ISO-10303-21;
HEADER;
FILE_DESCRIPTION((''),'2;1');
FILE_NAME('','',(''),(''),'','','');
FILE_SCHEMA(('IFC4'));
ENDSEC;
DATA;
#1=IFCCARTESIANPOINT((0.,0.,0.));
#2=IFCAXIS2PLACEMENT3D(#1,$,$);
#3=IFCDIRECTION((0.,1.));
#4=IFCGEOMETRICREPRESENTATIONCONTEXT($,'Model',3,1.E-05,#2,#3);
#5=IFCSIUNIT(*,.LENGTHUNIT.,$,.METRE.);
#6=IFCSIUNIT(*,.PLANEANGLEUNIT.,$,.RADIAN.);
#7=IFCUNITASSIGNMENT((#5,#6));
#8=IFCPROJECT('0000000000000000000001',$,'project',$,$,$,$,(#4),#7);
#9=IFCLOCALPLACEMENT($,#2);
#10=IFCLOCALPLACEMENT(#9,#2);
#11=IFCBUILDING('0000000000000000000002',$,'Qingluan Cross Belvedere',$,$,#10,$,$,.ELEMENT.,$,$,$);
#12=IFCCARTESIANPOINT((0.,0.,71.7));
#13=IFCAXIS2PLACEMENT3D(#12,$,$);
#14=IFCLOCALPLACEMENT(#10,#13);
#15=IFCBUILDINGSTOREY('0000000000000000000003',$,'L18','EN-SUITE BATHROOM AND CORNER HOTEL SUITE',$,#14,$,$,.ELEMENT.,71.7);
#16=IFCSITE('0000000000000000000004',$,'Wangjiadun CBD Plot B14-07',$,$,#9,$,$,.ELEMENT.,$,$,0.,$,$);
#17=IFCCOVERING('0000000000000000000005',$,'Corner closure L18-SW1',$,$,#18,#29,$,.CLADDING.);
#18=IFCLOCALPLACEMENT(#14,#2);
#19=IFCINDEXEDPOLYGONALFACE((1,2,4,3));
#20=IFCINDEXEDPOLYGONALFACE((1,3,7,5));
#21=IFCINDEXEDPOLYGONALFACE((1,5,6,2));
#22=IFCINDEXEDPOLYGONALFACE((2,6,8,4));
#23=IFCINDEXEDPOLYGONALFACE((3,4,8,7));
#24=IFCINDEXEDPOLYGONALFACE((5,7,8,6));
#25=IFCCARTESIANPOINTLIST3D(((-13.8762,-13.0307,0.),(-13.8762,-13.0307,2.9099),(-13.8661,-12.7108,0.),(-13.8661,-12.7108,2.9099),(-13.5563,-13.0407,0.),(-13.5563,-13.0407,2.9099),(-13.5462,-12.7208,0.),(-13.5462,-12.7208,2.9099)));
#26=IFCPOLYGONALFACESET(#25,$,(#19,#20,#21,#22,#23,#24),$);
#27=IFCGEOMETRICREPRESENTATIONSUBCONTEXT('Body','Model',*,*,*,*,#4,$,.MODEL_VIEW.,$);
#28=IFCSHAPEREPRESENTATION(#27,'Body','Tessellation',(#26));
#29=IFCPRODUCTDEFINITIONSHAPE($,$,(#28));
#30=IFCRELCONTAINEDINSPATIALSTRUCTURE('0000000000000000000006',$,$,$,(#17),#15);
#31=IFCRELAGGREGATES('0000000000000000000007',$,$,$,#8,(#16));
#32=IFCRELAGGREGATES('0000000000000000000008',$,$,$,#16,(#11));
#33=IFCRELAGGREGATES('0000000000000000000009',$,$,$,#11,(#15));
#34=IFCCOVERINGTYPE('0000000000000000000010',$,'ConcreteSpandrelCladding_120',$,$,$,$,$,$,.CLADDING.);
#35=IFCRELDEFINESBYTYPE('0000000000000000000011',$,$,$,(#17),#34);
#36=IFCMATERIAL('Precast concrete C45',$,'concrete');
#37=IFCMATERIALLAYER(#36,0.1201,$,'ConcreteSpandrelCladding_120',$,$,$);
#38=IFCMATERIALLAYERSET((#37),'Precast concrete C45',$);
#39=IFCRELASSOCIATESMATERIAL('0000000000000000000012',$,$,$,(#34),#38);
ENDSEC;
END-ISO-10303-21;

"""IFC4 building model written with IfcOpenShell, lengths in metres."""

from ifc_helpers import new_model, si_unit, direction, frame, origin, origin_2d, place, context, subcontext, project, spatial, rectangle, extrude, material, layer, layer_set, type_object, element, save


model = new_model("IFC4")

# Units and contexts
model_context = context("Model", 3, precision=1e-05, world=origin(), true_north=direction((0.0, 1.0)))
body_context = subcontext(model_context, "Body", "Model", "MODEL_VIEW")
ifc_project = project(units=[si_unit("LENGTHUNIT", "METRE"), si_unit("PLANEANGLEUNIT", "RADIAN")], contexts=[model_context])

# Site, building, storey
site_placement = place(None, origin())
site = spatial("IfcSite", under=ifc_project, at=site_placement, Name="Wangjiadun CBD Plot B14-07", CompositionType="ELEMENT", RefElevation=0.0)
building_placement = place(site_placement, origin())
building = spatial("IfcBuilding", under=site, at=building_placement, Name="Qingluan Cross Belvedere", CompositionType="ELEMENT")
storey_placement = place(building_placement, frame((0.0, 0.0, 71.7)))
storey = spatial("IfcBuildingStorey", under=building, at=storey_placement, Name="L18", Description="EN-SUITE BATHROOM AND CORNER HOTEL SUITE", CompositionType="ELEMENT", Elevation=71.7)

# Covering
ifc_material_1 = material(Name="Precast concrete C45", Category="concrete")
ifc_layer_1 = layer(ifc_material_1, 0.1201, Name="ConcreteSpandrelCladding_120")
ifc_layer_set_1 = layer_set([ifc_layer_1], Name="Precast concrete C45")
covering_type = type_object("IfcCoveringType", Name="ConcreteSpandrelCladding_120", PredefinedType="CLADDING", material=ifc_layer_set_1)
covering_placement = place(storey_placement, frame((-13.7112, -12.8757, 0.0), z_axis=(0.0, 0.0, 1.0), x_axis=(0.999507, -0.031411, 0.0)))
element("IfcCovering", 1, at=covering_placement, inside=storey, type_object=covering_type, Name="Corner closure L18-SW1", PredefinedType="CLADDING", context=body_context, shape_type="SweptSolid", body=[
    extrude(rectangle(XDim=0.3201, YDim=0.3201, at=origin_2d()), origin(), (0.0, 0.0, 1.0), 2.9099),
])

save(model, "model.ifc")
